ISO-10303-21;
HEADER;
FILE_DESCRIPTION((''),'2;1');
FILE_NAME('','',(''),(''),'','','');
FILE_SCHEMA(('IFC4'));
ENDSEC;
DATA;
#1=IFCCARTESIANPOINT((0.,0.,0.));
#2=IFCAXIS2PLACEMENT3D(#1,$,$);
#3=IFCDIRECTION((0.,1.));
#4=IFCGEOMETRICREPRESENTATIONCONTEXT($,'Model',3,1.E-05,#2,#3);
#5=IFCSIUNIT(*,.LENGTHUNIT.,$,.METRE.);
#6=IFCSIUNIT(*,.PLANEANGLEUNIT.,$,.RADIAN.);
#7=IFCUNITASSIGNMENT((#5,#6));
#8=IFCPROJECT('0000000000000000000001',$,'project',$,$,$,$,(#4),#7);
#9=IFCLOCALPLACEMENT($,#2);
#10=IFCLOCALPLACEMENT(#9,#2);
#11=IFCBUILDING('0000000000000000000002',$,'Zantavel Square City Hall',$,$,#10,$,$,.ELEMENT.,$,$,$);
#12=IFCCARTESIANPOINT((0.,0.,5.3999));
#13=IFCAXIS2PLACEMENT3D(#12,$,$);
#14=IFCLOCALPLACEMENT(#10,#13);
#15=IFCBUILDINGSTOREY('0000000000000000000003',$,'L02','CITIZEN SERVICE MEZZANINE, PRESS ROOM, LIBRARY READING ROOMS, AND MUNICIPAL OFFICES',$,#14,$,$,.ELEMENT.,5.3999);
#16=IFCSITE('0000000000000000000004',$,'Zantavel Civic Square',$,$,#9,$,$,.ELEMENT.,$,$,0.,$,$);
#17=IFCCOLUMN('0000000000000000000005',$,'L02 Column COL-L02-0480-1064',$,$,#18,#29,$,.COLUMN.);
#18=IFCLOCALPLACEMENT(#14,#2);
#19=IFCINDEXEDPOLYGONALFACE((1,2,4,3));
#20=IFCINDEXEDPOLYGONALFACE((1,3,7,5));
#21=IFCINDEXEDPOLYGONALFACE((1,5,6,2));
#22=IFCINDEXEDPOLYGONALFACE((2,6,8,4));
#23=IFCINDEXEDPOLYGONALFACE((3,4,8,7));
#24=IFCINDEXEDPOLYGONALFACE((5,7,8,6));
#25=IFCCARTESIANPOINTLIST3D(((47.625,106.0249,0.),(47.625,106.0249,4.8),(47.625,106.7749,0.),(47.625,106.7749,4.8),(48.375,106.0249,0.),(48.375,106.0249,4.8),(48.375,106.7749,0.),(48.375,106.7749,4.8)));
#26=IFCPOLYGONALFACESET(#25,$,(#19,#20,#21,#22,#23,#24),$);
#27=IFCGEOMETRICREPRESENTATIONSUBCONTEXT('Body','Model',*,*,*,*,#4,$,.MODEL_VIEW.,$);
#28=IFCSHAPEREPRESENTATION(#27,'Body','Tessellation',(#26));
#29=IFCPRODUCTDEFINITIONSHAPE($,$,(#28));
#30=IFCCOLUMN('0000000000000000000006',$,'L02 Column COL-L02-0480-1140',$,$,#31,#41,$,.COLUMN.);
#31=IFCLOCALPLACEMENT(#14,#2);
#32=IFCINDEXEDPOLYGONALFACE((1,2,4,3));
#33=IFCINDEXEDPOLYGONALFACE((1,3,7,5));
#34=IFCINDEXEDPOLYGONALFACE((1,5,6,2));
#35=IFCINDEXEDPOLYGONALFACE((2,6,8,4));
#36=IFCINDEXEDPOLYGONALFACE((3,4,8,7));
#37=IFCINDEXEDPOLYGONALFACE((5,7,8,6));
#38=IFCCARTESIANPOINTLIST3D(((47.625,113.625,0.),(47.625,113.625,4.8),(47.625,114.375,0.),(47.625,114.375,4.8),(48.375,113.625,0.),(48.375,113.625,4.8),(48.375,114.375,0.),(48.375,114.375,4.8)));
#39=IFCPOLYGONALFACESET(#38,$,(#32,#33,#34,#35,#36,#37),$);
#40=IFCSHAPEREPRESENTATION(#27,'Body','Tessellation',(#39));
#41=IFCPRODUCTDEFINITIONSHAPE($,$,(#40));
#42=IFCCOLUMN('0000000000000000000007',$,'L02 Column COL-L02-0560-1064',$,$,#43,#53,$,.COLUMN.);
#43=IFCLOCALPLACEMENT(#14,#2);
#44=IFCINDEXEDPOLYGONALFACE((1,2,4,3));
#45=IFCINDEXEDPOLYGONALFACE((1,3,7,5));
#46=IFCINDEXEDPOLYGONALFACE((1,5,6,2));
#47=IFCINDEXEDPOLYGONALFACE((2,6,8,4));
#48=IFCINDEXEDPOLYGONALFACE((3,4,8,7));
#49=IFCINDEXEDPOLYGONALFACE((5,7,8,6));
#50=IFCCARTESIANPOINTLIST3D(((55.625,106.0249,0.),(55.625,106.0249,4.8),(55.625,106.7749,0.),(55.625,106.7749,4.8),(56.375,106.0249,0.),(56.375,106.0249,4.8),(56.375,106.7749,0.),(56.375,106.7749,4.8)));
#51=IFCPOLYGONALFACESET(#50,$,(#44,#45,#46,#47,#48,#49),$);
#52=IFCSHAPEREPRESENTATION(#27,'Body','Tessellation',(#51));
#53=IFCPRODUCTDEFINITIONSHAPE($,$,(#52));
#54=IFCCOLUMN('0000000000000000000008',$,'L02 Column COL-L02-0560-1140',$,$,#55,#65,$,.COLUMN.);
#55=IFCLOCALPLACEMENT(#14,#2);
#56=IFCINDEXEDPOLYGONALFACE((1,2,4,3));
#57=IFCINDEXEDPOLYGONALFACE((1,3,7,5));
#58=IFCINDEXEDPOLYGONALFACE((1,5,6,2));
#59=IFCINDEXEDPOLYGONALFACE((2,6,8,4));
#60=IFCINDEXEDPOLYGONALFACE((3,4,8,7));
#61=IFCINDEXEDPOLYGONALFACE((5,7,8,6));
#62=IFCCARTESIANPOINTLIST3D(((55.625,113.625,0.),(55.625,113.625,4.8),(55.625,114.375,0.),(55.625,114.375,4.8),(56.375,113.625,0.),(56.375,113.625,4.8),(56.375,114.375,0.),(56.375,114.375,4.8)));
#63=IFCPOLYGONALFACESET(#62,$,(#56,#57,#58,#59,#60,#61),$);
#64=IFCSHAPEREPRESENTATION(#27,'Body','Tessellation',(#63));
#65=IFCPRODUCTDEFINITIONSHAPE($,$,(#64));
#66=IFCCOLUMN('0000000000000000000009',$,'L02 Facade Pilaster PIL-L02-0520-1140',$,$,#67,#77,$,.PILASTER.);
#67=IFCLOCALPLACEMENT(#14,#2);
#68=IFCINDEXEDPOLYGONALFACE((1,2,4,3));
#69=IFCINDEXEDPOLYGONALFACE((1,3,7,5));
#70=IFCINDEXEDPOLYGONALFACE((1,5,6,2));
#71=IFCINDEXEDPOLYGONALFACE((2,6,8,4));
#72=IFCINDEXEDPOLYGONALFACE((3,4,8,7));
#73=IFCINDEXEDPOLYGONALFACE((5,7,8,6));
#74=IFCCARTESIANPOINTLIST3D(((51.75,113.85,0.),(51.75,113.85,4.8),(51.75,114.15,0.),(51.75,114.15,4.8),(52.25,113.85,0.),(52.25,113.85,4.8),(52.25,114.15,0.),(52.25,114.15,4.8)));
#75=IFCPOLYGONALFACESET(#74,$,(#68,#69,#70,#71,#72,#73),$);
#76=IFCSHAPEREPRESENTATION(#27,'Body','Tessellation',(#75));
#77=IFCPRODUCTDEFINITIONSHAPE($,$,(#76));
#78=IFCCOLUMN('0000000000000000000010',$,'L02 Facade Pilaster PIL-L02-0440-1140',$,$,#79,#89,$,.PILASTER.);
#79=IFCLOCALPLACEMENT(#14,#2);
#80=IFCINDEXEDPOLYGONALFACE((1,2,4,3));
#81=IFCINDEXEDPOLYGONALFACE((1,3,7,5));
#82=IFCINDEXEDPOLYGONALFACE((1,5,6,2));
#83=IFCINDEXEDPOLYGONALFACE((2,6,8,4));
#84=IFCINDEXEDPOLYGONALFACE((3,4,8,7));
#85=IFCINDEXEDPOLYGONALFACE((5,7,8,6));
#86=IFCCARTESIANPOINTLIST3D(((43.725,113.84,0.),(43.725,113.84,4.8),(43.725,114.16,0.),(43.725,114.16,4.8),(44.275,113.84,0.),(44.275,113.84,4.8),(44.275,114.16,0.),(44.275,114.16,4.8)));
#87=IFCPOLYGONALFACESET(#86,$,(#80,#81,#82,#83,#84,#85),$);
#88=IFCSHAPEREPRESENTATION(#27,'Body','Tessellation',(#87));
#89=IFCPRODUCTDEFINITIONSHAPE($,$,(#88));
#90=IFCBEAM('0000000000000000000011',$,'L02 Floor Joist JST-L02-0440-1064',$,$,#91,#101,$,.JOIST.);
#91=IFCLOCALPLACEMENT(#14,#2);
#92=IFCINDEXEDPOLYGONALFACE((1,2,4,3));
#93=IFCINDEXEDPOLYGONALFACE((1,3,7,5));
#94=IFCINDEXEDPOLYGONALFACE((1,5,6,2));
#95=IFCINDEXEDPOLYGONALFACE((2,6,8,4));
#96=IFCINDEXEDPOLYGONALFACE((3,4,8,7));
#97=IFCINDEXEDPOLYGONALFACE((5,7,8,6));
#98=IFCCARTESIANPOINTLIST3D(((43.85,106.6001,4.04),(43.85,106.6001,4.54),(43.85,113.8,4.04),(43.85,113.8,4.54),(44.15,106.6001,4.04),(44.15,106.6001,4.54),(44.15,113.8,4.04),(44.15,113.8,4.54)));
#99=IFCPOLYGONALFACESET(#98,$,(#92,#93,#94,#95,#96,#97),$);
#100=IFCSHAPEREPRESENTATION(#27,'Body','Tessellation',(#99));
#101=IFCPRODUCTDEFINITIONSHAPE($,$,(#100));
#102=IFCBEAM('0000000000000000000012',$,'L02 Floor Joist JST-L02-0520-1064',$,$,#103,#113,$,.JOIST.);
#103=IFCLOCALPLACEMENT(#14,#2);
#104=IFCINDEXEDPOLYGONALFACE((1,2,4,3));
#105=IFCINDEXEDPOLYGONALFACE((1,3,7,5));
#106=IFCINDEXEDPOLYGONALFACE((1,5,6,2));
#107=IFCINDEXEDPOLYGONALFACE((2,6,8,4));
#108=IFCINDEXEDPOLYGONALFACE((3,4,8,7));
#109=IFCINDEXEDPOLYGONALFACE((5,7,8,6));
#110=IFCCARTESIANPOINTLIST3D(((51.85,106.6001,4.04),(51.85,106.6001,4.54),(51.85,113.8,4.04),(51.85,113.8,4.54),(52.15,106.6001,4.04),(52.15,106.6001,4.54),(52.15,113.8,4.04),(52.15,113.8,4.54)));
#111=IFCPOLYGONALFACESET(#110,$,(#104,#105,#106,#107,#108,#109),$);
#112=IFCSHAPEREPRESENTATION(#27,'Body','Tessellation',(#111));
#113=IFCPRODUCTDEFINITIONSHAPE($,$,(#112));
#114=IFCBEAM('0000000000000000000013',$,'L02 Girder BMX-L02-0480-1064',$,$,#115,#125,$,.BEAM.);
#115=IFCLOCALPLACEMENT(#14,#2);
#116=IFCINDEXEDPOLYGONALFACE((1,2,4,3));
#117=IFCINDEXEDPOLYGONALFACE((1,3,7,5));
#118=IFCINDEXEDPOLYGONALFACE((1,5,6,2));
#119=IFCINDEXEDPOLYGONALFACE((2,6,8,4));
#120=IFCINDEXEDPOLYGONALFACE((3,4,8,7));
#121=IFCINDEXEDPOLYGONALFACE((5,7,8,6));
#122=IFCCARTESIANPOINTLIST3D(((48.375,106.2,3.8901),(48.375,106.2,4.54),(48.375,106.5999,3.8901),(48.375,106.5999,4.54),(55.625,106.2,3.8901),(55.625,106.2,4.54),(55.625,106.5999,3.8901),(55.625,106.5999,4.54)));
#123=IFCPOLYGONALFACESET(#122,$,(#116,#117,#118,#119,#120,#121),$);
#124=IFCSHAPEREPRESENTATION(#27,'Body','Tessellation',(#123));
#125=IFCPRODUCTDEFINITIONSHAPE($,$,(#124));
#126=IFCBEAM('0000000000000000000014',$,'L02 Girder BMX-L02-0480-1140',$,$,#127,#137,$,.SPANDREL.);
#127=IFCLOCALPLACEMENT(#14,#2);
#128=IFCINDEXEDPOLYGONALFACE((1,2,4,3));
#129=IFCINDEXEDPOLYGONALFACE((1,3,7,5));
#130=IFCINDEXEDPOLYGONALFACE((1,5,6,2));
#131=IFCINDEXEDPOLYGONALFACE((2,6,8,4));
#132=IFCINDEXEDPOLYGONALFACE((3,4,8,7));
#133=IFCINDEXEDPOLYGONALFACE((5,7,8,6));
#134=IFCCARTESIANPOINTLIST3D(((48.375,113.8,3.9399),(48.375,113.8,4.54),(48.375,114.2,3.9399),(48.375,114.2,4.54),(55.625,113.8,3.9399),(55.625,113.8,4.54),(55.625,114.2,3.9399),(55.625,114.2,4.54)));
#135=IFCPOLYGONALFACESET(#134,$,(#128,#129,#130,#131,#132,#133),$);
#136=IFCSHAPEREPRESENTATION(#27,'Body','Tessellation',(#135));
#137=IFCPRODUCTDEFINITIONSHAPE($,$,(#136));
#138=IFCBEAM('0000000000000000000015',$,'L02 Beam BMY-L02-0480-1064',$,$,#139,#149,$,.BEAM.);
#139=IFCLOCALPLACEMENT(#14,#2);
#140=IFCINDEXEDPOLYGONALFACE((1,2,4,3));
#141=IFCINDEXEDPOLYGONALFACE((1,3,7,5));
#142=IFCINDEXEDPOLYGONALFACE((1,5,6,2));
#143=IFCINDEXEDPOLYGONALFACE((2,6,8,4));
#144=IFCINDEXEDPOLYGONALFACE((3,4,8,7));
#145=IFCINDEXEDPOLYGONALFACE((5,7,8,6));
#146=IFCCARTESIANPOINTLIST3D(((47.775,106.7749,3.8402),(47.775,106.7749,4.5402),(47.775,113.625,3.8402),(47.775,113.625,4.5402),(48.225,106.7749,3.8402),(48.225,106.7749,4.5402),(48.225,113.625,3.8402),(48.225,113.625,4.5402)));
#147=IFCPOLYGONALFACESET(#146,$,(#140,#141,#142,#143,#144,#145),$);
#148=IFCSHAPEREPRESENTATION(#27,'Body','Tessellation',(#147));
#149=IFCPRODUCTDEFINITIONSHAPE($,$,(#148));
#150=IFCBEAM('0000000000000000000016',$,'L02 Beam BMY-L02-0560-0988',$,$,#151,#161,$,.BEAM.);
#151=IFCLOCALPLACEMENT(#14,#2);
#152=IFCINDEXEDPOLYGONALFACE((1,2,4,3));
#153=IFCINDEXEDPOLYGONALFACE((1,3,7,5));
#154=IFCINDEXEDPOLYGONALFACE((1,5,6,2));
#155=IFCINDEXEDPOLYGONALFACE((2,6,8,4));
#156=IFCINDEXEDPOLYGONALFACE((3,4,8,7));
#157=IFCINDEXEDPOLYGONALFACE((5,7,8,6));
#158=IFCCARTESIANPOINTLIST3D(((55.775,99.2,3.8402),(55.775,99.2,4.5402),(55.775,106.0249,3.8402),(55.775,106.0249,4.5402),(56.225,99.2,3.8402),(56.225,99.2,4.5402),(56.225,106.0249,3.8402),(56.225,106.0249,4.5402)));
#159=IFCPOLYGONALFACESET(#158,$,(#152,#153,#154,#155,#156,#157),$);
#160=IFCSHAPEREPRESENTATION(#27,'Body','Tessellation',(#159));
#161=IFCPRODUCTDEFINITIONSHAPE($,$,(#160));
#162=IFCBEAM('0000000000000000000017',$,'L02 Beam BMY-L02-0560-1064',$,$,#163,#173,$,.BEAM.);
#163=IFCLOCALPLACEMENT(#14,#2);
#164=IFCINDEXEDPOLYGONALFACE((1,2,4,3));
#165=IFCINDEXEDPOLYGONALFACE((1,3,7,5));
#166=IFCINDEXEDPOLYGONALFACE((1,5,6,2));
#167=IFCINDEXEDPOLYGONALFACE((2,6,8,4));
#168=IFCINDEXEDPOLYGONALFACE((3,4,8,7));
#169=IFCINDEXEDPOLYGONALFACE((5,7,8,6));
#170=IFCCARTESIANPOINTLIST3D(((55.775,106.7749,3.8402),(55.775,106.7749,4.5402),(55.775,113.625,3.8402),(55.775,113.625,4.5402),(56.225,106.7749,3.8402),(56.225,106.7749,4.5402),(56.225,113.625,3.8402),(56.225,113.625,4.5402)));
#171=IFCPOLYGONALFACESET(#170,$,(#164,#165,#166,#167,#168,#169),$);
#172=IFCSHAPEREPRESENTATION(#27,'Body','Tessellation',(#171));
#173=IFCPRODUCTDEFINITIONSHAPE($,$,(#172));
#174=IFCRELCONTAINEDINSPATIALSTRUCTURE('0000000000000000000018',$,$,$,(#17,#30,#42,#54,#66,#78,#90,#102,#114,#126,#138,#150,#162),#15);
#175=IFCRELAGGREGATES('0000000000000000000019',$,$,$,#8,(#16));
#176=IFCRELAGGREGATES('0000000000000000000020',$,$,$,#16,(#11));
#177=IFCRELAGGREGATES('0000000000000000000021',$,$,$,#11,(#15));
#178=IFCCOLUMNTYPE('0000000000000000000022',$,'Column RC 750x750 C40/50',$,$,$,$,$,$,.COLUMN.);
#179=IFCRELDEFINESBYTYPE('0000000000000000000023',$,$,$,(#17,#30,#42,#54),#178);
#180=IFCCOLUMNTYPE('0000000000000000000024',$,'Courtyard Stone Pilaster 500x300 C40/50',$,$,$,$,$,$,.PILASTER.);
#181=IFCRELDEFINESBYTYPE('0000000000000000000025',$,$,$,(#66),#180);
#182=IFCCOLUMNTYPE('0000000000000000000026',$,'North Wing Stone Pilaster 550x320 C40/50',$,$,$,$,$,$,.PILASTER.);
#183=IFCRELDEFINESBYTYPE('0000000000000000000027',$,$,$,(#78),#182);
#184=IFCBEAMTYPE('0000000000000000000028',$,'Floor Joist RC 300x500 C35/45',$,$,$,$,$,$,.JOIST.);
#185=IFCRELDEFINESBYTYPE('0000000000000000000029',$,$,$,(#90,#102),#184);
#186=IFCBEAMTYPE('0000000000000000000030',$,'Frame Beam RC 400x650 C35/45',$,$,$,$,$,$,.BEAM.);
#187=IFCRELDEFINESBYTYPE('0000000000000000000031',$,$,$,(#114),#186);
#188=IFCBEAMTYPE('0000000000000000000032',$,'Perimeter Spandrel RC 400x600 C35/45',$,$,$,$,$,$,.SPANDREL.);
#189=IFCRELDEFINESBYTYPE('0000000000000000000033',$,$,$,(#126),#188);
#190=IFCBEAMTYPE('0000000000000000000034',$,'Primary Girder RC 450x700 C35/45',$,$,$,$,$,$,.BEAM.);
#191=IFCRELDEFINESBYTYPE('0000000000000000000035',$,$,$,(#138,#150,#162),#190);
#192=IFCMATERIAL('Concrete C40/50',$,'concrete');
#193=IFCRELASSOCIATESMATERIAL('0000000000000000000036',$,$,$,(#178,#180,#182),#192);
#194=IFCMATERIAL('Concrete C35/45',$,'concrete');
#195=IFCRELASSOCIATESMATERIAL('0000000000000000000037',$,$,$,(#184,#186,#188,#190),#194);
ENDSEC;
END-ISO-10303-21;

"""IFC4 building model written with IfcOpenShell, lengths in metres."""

from ifc_helpers import new_model, si_unit, direction, frame, origin, origin_2d, place, context, subcontext, project, spatial, rectangle, extrude, material, material_profile, profile_set, type_object, element, save


model = new_model("IFC4")

# Units and contexts
model_context = context("Model", 3, precision=1e-05, world=origin(), true_north=direction((0.0, 1.0)))
body_context = subcontext(model_context, "Body", "Model", "MODEL_VIEW")
ifc_project = project(units=[si_unit("LENGTHUNIT", "METRE"), si_unit("PLANEANGLEUNIT", "RADIAN")], contexts=[model_context])

# Site, building, storey
site_placement = place(None, origin())
site = spatial("IfcSite", under=ifc_project, at=site_placement, Name="Zantavel Civic Square", CompositionType="ELEMENT", RefElevation=0.0)
building_placement = place(site_placement, origin())
building = spatial("IfcBuilding", under=site, at=building_placement, Name="Zantavel Square City Hall", CompositionType="ELEMENT")
storey_placement = place(building_placement, frame((0.0, 0.0, 5.3999)))
storey = spatial("IfcBuildingStorey", under=building, at=storey_placement, Name="L02", Description="CITIZEN SERVICE MEZZANINE, PRESS ROOM, LIBRARY READING ROOMS, AND MUNICIPAL OFFICES", CompositionType="ELEMENT", Elevation=5.3999)

# Columns
ifc_material_1 = material(Name="Concrete C40/50", Category="concrete")
ifc_material_profile_1 = material_profile(ifc_material_1, rectangle(XDim=0.75, YDim=0.75, at=origin_2d()), Name="RC 750x750")
ifc_profile_set_1 = profile_set([ifc_material_profile_1], Name="Concrete C40/50")
column_type_1 = type_object("IfcColumnType", Name="Column RC 750x750 C40/50", PredefinedType="COLUMN", material=ifc_profile_set_1)
for number, where, z_axis, x_axis, name in (
    (1, (48.0, 106.3999, 0.0), (0.0, 0.0, 1.0), (1.0, 0.0, 0.0), "L02 Column COL-L02-0480-1064"),
    (2, (48.0, 114.0, 0.0), (0.0, 0.0, 1.0), (1.0, 0.0, 0.0), "L02 Column COL-L02-0480-1140"),
    (3, (56.0, 106.3999, 0.0), (0.0, 0.0, 1.0), (1.0, 0.0, 0.0), "L02 Column COL-L02-0560-1064"),
    (4, (56.0, 114.0, 0.0), (0.0, 0.0, 1.0), (1.0, 0.0, 0.0), "L02 Column COL-L02-0560-1140"),
):
    element("IfcColumn", number, at=place(storey_placement, frame(where, z_axis=z_axis, x_axis=x_axis)), inside=storey, type_object=column_type_1, Name=name, PredefinedType="COLUMN", context=body_context, shape_type="SweptSolid", body=[
        extrude(rectangle(XDim=0.75, YDim=0.75, at=origin_2d()), origin(), (0.0, 0.0, 1.0), 4.8),
    ])
ifc_material_profile_2 = material_profile(ifc_material_1, rectangle(XDim=0.5, YDim=0.3, at=origin_2d()), Name="RC 500x300")
ifc_profile_set_2 = profile_set([ifc_material_profile_2], Name="Concrete C40/50")
column_type_2 = type_object("IfcColumnType", Name="Courtyard Stone Pilaster 500x300 C40/50", PredefinedType="PILASTER", material=ifc_profile_set_2)
column_1_placement = place(storey_placement, frame((52.0, 114.0, 0.0), z_axis=(0.0, 0.0, 1.0), x_axis=(1.0, 0.0, 0.0)))
element("IfcColumn", 5, at=column_1_placement, inside=storey, type_object=column_type_2, Name="L02 Facade Pilaster PIL-L02-0520-1140", PredefinedType="PILASTER", context=body_context, shape_type="SweptSolid", body=[
    extrude(rectangle(XDim=0.5, YDim=0.3, at=origin_2d()), origin(), (0.0, 0.0, 1.0), 4.8),
])
ifc_material_profile_3 = material_profile(ifc_material_1, rectangle(XDim=0.55, YDim=0.3201, at=origin_2d()), Name="RC 550x320")
ifc_profile_set_3 = profile_set([ifc_material_profile_3], Name="Concrete C40/50")
column_type_3 = type_object("IfcColumnType", Name="North Wing Stone Pilaster 550x320 C40/50", PredefinedType="PILASTER", material=ifc_profile_set_3)
column_2_placement = place(storey_placement, frame((44.0, 114.0, 0.0), z_axis=(0.0, 0.0, 1.0), x_axis=(1.0, 0.0, 0.0)))
element("IfcColumn", 6, at=column_2_placement, inside=storey, type_object=column_type_3, Name="L02 Facade Pilaster PIL-L02-0440-1140", PredefinedType="PILASTER", context=body_context, shape_type="SweptSolid", body=[
    extrude(rectangle(XDim=0.55, YDim=0.3201, at=origin_2d()), origin(), (0.0, 0.0, 1.0), 4.8),
])

# Beams
ifc_material_2 = material(Name="Concrete C35/45", Category="concrete")
ifc_material_profile_4 = material_profile(ifc_material_2, rectangle(XDim=0.3, YDim=0.5, at=origin_2d()), Name="RC 300x500")
ifc_profile_set_4 = profile_set([ifc_material_profile_4], Name="Concrete C35/45")
beam_type_1 = type_object("IfcBeamType", Name="Floor Joist RC 300x500 C35/45", PredefinedType="JOIST", material=ifc_profile_set_4)
for number, where, z_axis, x_axis, name in (
    (7, (44.0, 106.6001, 4.29), (0.0, 1.0, 0.0), (-1.0, 0.0, 0.0), "L02 Floor Joist JST-L02-0440-1064"),
    (8, (52.0, 106.6001, 4.29), (0.0, 1.0, 0.0), (-1.0, 0.0, 0.0), "L02 Floor Joist JST-L02-0520-1064"),
):
    element("IfcBeam", number, at=place(storey_placement, frame(where, z_axis=z_axis, x_axis=x_axis)), inside=storey, type_object=beam_type_1, Name=name, PredefinedType="JOIST", context=body_context, shape_type="SweptSolid", body=[
        extrude(rectangle(XDim=0.3, YDim=0.5, at=origin_2d()), origin(), (0.0, 0.0, 1.0), 7.2),
    ])
ifc_material_profile_5 = material_profile(ifc_material_2, rectangle(XDim=0.3999, YDim=0.6499, at=origin_2d()), Name="RC 400x650")
ifc_profile_set_5 = profile_set([ifc_material_profile_5], Name="Concrete C35/45")
beam_type_2 = type_object("IfcBeamType", Name="Frame Beam RC 400x650 C35/45", PredefinedType="BEAM", material=ifc_profile_set_5)
beam_1_placement = place(storey_placement, frame((48.375, 106.3999, 4.2151), z_axis=(1.0, 0.0, 0.0), x_axis=(0.0, 1.0, 0.0)))
element("IfcBeam", 9, at=beam_1_placement, inside=storey, type_object=beam_type_2, Name="L02 Girder BMX-L02-0480-1064", PredefinedType="BEAM", context=body_context, shape_type="SweptSolid", body=[
    extrude(rectangle(XDim=0.3999, YDim=0.6499, at=origin_2d()), origin(), (0.0, 0.0, 1.0), 7.25),
])
ifc_material_profile_6 = material_profile(ifc_material_2, rectangle(XDim=0.3999, YDim=0.6001, at=origin_2d()), Name="RC 400x600")
ifc_profile_set_6 = profile_set([ifc_material_profile_6], Name="Concrete C35/45")
beam_type_3 = type_object("IfcBeamType", Name="Perimeter Spandrel RC 400x600 C35/45", PredefinedType="SPANDREL", material=ifc_profile_set_6)
beam_2_placement = place(storey_placement, frame((48.375, 114.0, 4.24), z_axis=(1.0, 0.0, 0.0), x_axis=(0.0, 1.0, 0.0)))
element("IfcBeam", 10, at=beam_2_placement, inside=storey, type_object=beam_type_3, Name="L02 Girder BMX-L02-0480-1140", PredefinedType="SPANDREL", context=body_context, shape_type="SweptSolid", body=[
    extrude(rectangle(XDim=0.3999, YDim=0.6001, at=origin_2d()), origin(), (0.0, 0.0, 1.0), 7.25),
])
ifc_material_profile_7 = material_profile(ifc_material_2, rectangle(XDim=0.45, YDim=0.7, at=origin_2d()), Name="RC 450x700")
ifc_profile_set_7 = profile_set([ifc_material_profile_7], Name="Concrete C35/45")
beam_type_4 = type_object("IfcBeamType", Name="Primary Girder RC 450x700 C35/45", PredefinedType="BEAM", material=ifc_profile_set_7)
beam_3_placement = place(storey_placement, frame((48.0, 106.7749, 4.1902), z_axis=(0.0, 1.0, 0.0), x_axis=(-1.0, 0.0, 0.0)))
element("IfcBeam", 11, at=beam_3_placement, inside=storey, type_object=beam_type_4, Name="L02 Beam BMY-L02-0480-1064", PredefinedType="BEAM", context=body_context, shape_type="SweptSolid", body=[
    extrude(rectangle(XDim=0.45, YDim=0.7, at=origin_2d()), origin(), (0.0, 0.0, 1.0), 6.8501),
])
beam_4_placement = place(storey_placement, frame((56.0, 99.2, 4.1902), z_axis=(0.0, 1.0, 0.0), x_axis=(-1.0, 0.0, 0.0)))
element("IfcBeam", 12, at=beam_4_placement, inside=storey, type_object=beam_type_4, Name="L02 Beam BMY-L02-0560-0988", PredefinedType="BEAM", context=body_context, shape_type="SweptSolid", body=[
    extrude(rectangle(XDim=0.45, YDim=0.7, at=origin_2d()), origin(), (0.0, 0.0, 1.0), 6.825),
])
beam_5_placement = place(storey_placement, frame((56.0, 106.7749, 4.1902), z_axis=(0.0, 1.0, 0.0), x_axis=(-1.0, 0.0, 0.0)))
element("IfcBeam", 13, at=beam_5_placement, inside=storey, type_object=beam_type_4, Name="L02 Beam BMY-L02-0560-1064", PredefinedType="BEAM", context=body_context, shape_type="SweptSolid", body=[
    extrude(rectangle(XDim=0.45, YDim=0.7, at=origin_2d()), origin(), (0.0, 0.0, 1.0), 6.8501),
])

save(model, "model.ifc")
